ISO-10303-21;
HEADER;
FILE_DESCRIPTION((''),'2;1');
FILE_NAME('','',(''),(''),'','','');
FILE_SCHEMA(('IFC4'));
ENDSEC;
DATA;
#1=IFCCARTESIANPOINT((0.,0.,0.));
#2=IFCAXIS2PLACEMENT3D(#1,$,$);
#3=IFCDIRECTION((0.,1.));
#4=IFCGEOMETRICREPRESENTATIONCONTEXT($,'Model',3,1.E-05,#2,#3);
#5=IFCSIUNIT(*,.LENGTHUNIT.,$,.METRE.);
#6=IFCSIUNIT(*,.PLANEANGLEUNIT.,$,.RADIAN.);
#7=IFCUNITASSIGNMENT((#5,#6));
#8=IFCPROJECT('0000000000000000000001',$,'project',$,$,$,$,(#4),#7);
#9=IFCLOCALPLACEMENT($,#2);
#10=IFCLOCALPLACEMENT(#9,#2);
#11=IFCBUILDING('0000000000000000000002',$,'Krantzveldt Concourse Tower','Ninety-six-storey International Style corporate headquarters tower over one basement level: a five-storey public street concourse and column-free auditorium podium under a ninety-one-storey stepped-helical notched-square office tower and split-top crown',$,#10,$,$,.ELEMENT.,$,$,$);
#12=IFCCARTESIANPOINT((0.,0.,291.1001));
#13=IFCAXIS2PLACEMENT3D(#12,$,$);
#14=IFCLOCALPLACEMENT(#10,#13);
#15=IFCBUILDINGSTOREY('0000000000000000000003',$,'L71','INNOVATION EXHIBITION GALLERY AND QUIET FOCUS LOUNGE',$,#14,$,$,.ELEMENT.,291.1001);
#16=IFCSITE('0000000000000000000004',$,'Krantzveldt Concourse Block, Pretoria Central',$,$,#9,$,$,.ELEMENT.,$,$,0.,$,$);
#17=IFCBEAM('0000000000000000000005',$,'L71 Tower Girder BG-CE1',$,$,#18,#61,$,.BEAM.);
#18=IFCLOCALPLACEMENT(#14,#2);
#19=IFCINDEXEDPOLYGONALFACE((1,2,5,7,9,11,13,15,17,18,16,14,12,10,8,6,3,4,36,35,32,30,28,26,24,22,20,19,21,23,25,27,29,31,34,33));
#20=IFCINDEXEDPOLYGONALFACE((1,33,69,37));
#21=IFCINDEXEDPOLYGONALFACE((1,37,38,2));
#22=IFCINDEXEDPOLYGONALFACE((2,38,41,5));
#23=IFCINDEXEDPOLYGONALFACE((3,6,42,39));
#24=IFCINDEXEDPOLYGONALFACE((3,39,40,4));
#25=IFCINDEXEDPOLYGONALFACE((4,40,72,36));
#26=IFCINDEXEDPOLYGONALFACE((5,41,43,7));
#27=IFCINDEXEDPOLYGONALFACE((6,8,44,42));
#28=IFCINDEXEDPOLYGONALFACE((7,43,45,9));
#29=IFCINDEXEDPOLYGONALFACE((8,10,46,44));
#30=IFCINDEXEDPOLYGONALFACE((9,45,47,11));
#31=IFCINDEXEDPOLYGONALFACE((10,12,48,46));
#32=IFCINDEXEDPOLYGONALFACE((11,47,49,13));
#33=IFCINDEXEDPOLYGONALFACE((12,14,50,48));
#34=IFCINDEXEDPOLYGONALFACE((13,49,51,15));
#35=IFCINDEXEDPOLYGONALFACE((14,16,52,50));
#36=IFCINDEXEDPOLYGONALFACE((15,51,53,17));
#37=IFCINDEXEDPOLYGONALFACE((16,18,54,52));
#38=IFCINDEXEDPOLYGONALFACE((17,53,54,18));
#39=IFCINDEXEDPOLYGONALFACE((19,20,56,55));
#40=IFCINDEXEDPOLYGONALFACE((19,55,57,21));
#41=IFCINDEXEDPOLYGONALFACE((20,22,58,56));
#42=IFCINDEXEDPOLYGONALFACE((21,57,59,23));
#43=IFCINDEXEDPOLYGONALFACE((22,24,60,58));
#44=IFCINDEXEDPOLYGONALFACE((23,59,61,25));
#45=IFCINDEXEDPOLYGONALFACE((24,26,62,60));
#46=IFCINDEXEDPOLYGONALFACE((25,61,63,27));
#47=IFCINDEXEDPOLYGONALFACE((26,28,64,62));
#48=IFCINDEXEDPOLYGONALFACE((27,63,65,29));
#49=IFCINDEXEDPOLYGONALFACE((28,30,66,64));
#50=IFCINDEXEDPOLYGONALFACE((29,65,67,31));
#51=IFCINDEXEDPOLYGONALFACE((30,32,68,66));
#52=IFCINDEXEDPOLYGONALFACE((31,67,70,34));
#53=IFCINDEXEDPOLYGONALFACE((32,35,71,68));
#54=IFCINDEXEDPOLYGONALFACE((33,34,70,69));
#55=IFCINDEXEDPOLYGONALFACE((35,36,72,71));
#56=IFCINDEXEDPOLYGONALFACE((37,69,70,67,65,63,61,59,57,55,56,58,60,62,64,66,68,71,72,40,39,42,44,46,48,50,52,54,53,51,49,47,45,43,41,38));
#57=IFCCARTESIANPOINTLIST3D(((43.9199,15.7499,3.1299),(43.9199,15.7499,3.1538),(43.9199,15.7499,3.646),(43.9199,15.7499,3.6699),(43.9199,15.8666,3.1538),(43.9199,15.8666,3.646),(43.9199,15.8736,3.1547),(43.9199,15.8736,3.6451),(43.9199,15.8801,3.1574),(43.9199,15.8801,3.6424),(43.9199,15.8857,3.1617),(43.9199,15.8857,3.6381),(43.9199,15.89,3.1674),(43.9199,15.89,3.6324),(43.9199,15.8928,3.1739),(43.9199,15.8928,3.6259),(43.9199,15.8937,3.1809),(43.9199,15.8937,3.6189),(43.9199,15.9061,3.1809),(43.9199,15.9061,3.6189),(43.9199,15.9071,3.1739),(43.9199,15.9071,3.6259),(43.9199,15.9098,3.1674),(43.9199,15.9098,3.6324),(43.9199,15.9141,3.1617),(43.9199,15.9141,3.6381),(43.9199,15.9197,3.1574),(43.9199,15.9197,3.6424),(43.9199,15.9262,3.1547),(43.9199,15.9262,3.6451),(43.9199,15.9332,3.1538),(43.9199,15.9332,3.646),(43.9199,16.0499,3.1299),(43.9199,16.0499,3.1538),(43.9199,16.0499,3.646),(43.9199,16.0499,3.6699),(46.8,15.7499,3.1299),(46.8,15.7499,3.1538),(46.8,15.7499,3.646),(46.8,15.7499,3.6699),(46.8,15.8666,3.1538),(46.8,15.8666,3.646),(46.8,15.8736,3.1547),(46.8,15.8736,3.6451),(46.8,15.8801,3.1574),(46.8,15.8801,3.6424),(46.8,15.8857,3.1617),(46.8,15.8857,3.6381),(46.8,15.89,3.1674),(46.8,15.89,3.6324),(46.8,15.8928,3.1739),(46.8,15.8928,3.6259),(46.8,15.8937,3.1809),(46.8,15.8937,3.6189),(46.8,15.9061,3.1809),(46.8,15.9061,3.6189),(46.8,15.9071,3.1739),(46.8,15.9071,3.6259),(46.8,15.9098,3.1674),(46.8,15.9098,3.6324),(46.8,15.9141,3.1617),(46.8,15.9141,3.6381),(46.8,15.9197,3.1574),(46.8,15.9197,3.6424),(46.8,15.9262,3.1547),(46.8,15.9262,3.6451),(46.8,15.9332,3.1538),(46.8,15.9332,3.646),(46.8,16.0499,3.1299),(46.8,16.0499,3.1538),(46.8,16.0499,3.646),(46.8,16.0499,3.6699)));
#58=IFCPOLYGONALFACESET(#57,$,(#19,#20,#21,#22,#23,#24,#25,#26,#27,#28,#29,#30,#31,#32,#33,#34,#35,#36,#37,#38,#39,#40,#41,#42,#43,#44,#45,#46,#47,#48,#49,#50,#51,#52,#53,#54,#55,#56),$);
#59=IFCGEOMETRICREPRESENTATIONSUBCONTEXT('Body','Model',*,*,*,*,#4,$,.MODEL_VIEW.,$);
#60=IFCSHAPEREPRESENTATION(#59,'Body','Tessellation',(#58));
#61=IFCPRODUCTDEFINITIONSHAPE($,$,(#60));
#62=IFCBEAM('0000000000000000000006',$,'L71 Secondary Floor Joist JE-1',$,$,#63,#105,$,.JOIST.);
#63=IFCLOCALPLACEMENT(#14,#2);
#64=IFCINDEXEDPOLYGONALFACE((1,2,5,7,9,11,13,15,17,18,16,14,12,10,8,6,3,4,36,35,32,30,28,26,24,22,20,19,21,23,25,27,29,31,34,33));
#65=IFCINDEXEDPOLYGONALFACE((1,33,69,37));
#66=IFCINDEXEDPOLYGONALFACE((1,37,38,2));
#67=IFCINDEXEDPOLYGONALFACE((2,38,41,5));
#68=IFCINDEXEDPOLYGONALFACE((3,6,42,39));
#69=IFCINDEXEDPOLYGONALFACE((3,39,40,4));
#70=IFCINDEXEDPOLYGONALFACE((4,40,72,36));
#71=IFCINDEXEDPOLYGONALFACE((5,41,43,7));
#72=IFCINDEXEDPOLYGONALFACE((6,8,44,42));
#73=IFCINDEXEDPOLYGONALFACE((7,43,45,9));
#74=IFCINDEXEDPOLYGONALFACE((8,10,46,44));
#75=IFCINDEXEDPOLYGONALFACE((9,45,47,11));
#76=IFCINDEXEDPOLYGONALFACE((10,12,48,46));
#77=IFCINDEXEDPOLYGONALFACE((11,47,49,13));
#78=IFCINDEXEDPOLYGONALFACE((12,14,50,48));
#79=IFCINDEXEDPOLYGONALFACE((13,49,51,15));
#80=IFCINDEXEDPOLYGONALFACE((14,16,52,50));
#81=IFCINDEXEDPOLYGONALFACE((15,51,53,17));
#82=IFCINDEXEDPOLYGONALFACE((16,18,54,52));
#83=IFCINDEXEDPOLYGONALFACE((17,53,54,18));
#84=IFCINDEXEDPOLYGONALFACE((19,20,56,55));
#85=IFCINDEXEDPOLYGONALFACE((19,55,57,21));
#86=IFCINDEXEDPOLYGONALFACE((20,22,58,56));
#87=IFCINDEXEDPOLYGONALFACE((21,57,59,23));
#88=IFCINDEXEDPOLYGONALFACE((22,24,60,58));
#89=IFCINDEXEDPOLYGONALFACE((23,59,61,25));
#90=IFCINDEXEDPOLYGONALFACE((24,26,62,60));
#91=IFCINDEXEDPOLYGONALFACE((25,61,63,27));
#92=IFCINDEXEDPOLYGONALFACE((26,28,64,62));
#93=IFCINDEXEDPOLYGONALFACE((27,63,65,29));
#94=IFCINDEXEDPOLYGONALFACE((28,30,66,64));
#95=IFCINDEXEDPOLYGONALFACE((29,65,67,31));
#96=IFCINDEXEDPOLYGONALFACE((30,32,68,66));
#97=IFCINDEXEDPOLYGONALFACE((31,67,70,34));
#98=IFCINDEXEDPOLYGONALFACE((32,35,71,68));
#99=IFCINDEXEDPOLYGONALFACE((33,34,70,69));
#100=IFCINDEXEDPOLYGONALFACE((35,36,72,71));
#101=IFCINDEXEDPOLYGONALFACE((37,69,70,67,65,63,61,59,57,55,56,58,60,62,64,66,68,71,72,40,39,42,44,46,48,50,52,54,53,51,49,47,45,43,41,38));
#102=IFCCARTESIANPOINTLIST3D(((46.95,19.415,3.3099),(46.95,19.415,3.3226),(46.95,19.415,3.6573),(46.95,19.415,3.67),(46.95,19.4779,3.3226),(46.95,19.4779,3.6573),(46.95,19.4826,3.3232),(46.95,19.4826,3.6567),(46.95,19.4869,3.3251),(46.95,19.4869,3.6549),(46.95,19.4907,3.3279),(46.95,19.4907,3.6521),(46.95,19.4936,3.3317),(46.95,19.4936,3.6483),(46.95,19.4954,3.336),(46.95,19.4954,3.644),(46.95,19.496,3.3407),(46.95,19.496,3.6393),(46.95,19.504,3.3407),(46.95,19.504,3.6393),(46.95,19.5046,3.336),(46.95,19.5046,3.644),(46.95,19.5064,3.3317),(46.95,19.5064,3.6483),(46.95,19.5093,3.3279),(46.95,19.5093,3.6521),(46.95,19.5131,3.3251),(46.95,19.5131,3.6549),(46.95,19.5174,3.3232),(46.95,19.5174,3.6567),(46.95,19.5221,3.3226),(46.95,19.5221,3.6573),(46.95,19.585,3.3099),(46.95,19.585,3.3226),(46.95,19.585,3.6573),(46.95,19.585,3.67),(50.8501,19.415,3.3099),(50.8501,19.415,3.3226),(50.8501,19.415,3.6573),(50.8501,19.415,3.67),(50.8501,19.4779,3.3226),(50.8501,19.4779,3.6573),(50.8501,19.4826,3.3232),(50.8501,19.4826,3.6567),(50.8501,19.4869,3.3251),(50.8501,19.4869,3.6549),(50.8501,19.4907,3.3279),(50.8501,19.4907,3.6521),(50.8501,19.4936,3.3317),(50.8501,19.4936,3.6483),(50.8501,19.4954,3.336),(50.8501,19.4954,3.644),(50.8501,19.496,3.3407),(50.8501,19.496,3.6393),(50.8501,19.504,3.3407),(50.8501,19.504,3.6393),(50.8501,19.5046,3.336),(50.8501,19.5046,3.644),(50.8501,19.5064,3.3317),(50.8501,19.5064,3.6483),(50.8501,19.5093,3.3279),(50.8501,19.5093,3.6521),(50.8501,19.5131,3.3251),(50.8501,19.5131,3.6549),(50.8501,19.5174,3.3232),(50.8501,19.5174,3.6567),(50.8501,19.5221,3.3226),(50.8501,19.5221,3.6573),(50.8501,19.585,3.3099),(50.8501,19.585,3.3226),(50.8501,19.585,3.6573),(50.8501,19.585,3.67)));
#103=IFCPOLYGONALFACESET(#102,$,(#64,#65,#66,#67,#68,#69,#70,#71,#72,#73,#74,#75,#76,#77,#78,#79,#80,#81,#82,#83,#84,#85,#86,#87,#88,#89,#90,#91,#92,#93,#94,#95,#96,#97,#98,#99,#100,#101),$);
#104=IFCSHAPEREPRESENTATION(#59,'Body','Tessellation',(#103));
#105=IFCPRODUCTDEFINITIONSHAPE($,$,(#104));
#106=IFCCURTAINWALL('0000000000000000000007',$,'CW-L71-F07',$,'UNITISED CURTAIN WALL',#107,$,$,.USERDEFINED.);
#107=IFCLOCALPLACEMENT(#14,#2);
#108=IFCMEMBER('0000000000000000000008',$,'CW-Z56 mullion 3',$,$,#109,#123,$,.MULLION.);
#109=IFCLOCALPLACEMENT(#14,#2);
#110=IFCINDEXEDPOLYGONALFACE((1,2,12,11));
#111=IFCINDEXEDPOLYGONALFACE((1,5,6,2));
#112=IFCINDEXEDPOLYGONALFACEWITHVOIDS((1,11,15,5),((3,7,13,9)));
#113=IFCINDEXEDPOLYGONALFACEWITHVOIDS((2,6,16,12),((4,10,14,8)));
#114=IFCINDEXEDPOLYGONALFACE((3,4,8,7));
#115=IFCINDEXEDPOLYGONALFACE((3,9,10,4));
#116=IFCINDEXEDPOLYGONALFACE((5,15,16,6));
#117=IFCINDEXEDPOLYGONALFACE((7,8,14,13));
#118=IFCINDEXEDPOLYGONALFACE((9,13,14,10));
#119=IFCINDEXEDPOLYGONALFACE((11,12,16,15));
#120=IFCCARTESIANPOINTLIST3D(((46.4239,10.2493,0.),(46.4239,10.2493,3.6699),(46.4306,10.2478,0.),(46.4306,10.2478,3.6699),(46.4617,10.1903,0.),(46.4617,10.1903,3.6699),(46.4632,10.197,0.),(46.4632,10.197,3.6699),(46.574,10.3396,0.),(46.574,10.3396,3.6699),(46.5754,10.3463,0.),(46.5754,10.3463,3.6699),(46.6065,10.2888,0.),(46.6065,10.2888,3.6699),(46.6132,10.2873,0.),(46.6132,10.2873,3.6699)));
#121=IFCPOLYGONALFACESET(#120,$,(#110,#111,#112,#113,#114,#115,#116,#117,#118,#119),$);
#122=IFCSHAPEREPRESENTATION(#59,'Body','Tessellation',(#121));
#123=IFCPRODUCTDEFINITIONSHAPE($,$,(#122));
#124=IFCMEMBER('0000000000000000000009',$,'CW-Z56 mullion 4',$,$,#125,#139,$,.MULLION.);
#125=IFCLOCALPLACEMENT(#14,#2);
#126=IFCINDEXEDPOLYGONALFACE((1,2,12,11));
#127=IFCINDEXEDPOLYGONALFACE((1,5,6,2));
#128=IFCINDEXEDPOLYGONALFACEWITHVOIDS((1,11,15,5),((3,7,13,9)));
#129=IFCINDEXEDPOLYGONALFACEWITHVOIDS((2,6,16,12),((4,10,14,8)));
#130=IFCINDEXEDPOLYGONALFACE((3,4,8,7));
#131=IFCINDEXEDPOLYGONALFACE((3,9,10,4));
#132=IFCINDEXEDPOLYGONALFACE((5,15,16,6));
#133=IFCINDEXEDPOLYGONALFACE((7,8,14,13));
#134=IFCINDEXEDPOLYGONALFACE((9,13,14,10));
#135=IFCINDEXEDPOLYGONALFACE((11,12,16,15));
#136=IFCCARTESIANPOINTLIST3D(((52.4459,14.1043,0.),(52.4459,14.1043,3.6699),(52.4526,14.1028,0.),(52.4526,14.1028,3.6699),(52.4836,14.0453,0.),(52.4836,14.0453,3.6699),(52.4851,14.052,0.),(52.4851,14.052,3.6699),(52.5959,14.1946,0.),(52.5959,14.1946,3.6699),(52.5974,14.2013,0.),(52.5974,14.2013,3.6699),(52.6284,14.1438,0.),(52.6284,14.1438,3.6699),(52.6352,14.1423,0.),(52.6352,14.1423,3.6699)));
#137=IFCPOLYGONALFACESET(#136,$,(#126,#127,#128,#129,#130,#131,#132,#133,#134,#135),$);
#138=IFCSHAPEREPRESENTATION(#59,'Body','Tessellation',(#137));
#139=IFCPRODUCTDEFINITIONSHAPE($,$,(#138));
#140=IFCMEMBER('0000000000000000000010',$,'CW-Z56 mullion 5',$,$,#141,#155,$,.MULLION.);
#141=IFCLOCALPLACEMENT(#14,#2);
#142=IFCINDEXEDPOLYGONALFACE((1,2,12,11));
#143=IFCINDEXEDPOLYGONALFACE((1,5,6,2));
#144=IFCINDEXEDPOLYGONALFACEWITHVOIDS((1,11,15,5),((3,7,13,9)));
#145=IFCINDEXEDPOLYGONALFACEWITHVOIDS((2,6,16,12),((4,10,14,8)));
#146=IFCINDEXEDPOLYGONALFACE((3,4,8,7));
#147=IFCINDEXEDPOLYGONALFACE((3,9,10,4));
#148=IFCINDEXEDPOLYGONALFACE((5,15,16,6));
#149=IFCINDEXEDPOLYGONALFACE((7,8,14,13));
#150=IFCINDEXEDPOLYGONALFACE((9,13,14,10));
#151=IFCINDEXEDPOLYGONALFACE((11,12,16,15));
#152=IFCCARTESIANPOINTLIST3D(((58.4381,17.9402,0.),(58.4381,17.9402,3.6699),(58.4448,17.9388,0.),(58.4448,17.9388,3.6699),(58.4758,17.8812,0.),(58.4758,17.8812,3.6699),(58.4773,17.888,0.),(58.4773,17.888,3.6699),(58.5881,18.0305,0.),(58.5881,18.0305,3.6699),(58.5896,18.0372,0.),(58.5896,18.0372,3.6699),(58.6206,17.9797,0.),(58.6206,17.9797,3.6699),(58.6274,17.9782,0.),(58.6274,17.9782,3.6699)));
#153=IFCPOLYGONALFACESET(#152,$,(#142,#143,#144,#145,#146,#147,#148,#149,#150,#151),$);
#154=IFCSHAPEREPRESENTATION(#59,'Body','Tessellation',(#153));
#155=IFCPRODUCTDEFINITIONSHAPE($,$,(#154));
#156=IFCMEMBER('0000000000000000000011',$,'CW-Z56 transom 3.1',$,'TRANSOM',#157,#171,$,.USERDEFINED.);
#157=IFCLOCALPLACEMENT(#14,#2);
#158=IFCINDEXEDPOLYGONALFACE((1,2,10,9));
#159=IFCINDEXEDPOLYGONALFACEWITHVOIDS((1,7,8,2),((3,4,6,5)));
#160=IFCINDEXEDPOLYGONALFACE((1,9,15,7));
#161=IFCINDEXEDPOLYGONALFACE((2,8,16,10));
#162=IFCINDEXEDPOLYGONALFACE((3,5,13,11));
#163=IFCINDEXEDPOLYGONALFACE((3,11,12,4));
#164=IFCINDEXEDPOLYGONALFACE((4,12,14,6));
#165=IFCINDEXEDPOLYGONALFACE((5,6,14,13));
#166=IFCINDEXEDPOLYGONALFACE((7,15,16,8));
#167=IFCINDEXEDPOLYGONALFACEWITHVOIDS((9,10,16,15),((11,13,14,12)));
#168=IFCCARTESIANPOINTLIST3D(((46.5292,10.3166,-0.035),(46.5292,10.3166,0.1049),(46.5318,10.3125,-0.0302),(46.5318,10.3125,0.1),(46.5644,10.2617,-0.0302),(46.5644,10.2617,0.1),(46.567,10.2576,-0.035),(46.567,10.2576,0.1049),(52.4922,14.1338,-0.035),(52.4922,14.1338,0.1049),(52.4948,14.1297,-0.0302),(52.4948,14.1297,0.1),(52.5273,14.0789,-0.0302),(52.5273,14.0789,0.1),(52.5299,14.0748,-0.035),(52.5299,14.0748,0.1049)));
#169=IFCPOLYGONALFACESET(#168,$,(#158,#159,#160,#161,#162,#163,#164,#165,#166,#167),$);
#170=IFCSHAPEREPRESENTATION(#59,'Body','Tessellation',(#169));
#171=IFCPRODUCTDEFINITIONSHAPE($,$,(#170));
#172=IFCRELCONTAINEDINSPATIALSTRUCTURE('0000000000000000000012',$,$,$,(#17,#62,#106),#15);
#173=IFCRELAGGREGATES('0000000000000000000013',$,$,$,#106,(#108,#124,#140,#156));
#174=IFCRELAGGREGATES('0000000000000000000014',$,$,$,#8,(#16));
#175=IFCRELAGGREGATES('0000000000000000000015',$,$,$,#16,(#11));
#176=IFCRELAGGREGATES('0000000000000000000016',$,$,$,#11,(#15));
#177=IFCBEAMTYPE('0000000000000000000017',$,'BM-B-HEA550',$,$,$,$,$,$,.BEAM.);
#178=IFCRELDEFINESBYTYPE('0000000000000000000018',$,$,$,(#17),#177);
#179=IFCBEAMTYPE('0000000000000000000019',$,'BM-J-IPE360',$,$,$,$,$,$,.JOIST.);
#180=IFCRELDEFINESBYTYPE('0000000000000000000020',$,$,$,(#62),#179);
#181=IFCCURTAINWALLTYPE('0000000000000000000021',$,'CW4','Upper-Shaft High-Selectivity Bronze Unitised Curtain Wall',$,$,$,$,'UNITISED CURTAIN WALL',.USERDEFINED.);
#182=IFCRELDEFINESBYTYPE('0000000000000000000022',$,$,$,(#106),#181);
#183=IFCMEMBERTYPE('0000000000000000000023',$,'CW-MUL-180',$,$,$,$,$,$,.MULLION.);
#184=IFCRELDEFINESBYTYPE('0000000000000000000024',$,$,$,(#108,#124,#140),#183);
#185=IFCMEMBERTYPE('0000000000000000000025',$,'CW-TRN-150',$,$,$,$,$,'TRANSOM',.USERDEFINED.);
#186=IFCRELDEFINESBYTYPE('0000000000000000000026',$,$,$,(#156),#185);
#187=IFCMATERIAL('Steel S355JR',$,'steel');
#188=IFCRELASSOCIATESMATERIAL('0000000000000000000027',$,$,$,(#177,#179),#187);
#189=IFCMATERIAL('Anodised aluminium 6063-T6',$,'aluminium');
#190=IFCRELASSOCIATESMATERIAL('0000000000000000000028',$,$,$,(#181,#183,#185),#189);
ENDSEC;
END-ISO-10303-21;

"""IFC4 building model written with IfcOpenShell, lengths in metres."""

from ifc_helpers import new_model, si_unit, direction, frame, origin, origin_2d, place, context, subcontext, project, spatial, hollow_rectangle, i_section, extrude, source, transform, mapped, material, material_profile, profile_set, type_object, type_shapes, element, aggregate, save


model = new_model("IFC4")

# Units and contexts
model_context = context("Model", 3, precision=1e-05, world=origin(), true_north=direction((0.0, 1.0)))
body_context = subcontext(model_context, "Body", "Model", "MODEL_VIEW")
ifc_project = project(units=[si_unit("LENGTHUNIT", "METRE"), si_unit("PLANEANGLEUNIT", "RADIAN")], contexts=[model_context])

# Site, building, storey
site_placement = place(None, origin())
site = spatial("IfcSite", under=ifc_project, at=site_placement, Name="Krantzveldt Concourse Block, Pretoria Central", CompositionType="ELEMENT", RefElevation=0.0)
building_placement = place(site_placement, origin())
building = spatial("IfcBuilding", under=site, at=building_placement, Name="Krantzveldt Concourse Tower", Description="Ninety-six-storey International Style corporate headquarters tower over one basement level: a five-storey public street concourse and column-free auditorium podium under a ninety-one-storey stepped-helical notched-square office tower and split-top crown", CompositionType="ELEMENT")
storey_placement = place(building_placement, frame((0.0, 0.0, 291.1001)))
storey = spatial("IfcBuildingStorey", under=building, at=storey_placement, Name="L71", Description="INNOVATION EXHIBITION GALLERY AND QUIET FOCUS LOUNGE", CompositionType="ELEMENT", Elevation=291.1001)

# Beams
ifc_material_1 = material(Name="Steel S355JR", Category="steel")
ifc_material_profile_1 = material_profile(ifc_material_1, i_section(OverallWidth=0.3, OverallDepth=0.54, WebThickness=0.0125, FlangeThickness=0.0239, FilletRadius=0.0271, at=origin_2d()), Name="Steel S355JR", Category="steel")
ifc_profile_set_1 = profile_set([ifc_material_profile_1], Name="Steel S355JR - HEA 550")
beam_type_1 = type_object("IfcBeamType", Name="BM-B-HEA550", PredefinedType="BEAM", material=ifc_profile_set_1)
shared_shape_1 = source(origin(), body_context, "Body", "SweptSolid", [
    extrude(i_section(OverallWidth=0.3, OverallDepth=0.54, WebThickness=0.0125, FlangeThickness=0.0239, FilletRadius=0.0271, at=origin_2d()), origin(), (0.0, 0.0, 1.0), 2.8801),
])
beam_1_placement = place(storey_placement, frame((43.9199, 15.8999, 3.3999), z_axis=(1.0, 0.0, 0.0), x_axis=(0.0, 1.0, 0.0)))
element("IfcBeam", 1, at=beam_1_placement, inside=storey, type_object=beam_type_1, Name="L71 Tower Girder BG-CE1", PredefinedType="BEAM", context=body_context, shape_type="MappedRepresentation", body=[
    mapped(shared_shape_1, transform((0.0, 0.0, 0.0), x_axis=(1.0, 0.0, 0.0), y_axis=(0.0, 1.0, 0.0), z_axis=(0.0, 0.0, 1.0), scale=1.0)),
])
ifc_material_profile_2 = material_profile(ifc_material_1, i_section(OverallWidth=0.1699, OverallDepth=0.3601, WebThickness=0.0081, FlangeThickness=0.0127, FilletRadius=0.0181, at=origin_2d()), Name="Steel S355JR", Category="steel")
ifc_profile_set_2 = profile_set([ifc_material_profile_2], Name="Steel S355JR - IPE 360")
beam_type_2 = type_object("IfcBeamType", Name="BM-J-IPE360", PredefinedType="JOIST", material=ifc_profile_set_2)
shared_shape_2 = source(origin(), body_context, "Body", "SweptSolid", [
    extrude(i_section(OverallWidth=0.1699, OverallDepth=0.3601, WebThickness=0.0081, FlangeThickness=0.0127, FilletRadius=0.0181, at=origin_2d()), origin(), (0.0, 0.0, 1.0), 3.9001),
])
type_shapes(beam_type_2, [shared_shape_2])
beam_2_placement = place(storey_placement, frame((46.95, 19.5, 3.49), z_axis=(1.0, 0.0, 0.0), x_axis=(0.0, 1.0, 0.0)))
element("IfcBeam", 2, at=beam_2_placement, inside=storey, type_object=beam_type_2, Name="L71 Secondary Floor Joist JE-1", PredefinedType="JOIST", context=body_context, shape_type="MappedRepresentation", body=[
    mapped(shared_shape_2, transform((0.0, 0.0, 0.0), x_axis=(1.0, 0.0, 0.0), y_axis=(0.0, 1.0, 0.0), z_axis=(0.0, 0.0, 1.0), scale=1.0)),
])

# Curtain wall, members
ifc_material_2 = material(Name="Anodised aluminium 6063-T6", Category="aluminium")
curtain_wall_type = type_object("IfcCurtainWallType", Name="CW4", Description="Upper-Shaft High-Selectivity Bronze Unitised Curtain Wall", ElementType="UNITISED CURTAIN WALL", PredefinedType="USERDEFINED", material=ifc_material_2)
curtain_wall_placement = place(storey_placement, origin())
curtain_wall = element("IfcCurtainWall", 3, at=curtain_wall_placement, inside=storey, type_object=curtain_wall_type, Name="CW-L71-F07", ObjectType="UNITISED CURTAIN WALL", PredefinedType="USERDEFINED")
ifc_material_profile_3 = material_profile(ifc_material_2, hollow_rectangle(XDim=0.0701, YDim=0.1799, WallThickness=0.0049, at=origin_2d()), Name="Anodised aluminium 6063-T6", Category="aluminium")
ifc_profile_set_3 = profile_set([ifc_material_profile_3], Name="Anodised aluminium 6063-T6 - ALU-MULL 180x70x5")
member_type_1 = type_object("IfcMemberType", Name="CW-MUL-180", PredefinedType="MULLION", material=ifc_profile_set_3)
shared_shape_3 = source(origin(), body_context, "Body", "SweptSolid", [
    extrude(hollow_rectangle(XDim=0.0701, YDim=0.1799, WallThickness=0.0049, at=origin_2d()), origin(), (0.0, 0.0, 1.0), 3.6699),
])
type_shapes(member_type_1, [shared_shape_3])
member_1_placement = place(storey_placement, frame((46.5186, 10.2683, 0.0), z_axis=(0.0, 0.0, 1.0), x_axis=(-0.539138, 0.842217, 0.0)))
member_1 = element("IfcMember", 4, at=member_1_placement, type_object=member_type_1, Name="CW-Z56 mullion 3", PredefinedType="MULLION", context=body_context, shape_type="MappedRepresentation", body=[
    mapped(shared_shape_3, transform((0.0, 0.0, 0.0), x_axis=(1.0, 0.0, 0.0), y_axis=(0.0, 1.0, 0.0), z_axis=(0.0, 0.0, 1.0), scale=1.0)),
])
member_2_placement = place(storey_placement, frame((52.5405, 14.1233, 0.0), z_axis=(0.0, 0.0, 1.0), x_axis=(-0.539138, 0.842217, 0.0)))
member_2 = element("IfcMember", 5, at=member_2_placement, type_object=member_type_1, Name="CW-Z56 mullion 4", PredefinedType="MULLION", context=body_context, shape_type="MappedRepresentation", body=[
    mapped(shared_shape_3, transform((0.0, 0.0, 0.0), x_axis=(1.0, 0.0, 0.0), y_axis=(0.0, 1.0, 0.0), z_axis=(0.0, 0.0, 1.0), scale=1.0)),
])
member_3_placement = place(storey_placement, frame((58.5327, 17.9592, 0.0), z_axis=(0.0, 0.0, 1.0), x_axis=(-0.539138, 0.842217, 0.0)))
member_3 = element("IfcMember", 6, at=member_3_placement, type_object=member_type_1, Name="CW-Z56 mullion 5", PredefinedType="MULLION", context=body_context, shape_type="MappedRepresentation", body=[
    mapped(shared_shape_3, transform((0.0, 0.0, 0.0), x_axis=(1.0, 0.0, 0.0), y_axis=(0.0, 1.0, 0.0), z_axis=(0.0, 0.0, 1.0), scale=1.0)),
])
ifc_material_profile_4 = material_profile(ifc_material_2, hollow_rectangle(XDim=0.0701, YDim=0.1399, WallThickness=0.0049, at=origin_2d()), Name="Anodised aluminium 6063-T6", Category="aluminium")
ifc_profile_set_4 = profile_set([ifc_material_profile_4], Name="Anodised aluminium 6063-T6 - ALU-TRAN 140x70x5")
member_type_2 = type_object("IfcMemberType", Name="CW-TRN-150", ElementType="TRANSOM", PredefinedType="USERDEFINED", material=ifc_profile_set_4)
shared_shape_4 = source(origin(), body_context, "Body", "SweptSolid", [
    extrude(hollow_rectangle(XDim=0.0701, YDim=0.1399, WallThickness=0.0049, at=origin_2d()), origin(), (0.0, 0.0, 1.0), 7.0801),
])
member_4_placement = place(storey_placement, frame((46.5481, 10.2871, 0.0349), z_axis=(0.842214, 0.539143, 0.0), x_axis=(-0.539143, 0.842214, 0.0)))
member_4 = element("IfcMember", 7, at=member_4_placement, type_object=member_type_2, Name="CW-Z56 transom 3.1", ObjectType="TRANSOM", PredefinedType="USERDEFINED", context=body_context, shape_type="MappedRepresentation", body=[
    mapped(shared_shape_4, transform((0.0, 0.0, 0.0), x_axis=(1.0, 0.0, 0.0), y_axis=(0.0, 1.0, 0.0), z_axis=(0.0, 0.0, 1.0), scale=1.0)),
])
aggregate(curtain_wall, [member_1, member_2, member_3, member_4])

save(model, "model.ifc")
